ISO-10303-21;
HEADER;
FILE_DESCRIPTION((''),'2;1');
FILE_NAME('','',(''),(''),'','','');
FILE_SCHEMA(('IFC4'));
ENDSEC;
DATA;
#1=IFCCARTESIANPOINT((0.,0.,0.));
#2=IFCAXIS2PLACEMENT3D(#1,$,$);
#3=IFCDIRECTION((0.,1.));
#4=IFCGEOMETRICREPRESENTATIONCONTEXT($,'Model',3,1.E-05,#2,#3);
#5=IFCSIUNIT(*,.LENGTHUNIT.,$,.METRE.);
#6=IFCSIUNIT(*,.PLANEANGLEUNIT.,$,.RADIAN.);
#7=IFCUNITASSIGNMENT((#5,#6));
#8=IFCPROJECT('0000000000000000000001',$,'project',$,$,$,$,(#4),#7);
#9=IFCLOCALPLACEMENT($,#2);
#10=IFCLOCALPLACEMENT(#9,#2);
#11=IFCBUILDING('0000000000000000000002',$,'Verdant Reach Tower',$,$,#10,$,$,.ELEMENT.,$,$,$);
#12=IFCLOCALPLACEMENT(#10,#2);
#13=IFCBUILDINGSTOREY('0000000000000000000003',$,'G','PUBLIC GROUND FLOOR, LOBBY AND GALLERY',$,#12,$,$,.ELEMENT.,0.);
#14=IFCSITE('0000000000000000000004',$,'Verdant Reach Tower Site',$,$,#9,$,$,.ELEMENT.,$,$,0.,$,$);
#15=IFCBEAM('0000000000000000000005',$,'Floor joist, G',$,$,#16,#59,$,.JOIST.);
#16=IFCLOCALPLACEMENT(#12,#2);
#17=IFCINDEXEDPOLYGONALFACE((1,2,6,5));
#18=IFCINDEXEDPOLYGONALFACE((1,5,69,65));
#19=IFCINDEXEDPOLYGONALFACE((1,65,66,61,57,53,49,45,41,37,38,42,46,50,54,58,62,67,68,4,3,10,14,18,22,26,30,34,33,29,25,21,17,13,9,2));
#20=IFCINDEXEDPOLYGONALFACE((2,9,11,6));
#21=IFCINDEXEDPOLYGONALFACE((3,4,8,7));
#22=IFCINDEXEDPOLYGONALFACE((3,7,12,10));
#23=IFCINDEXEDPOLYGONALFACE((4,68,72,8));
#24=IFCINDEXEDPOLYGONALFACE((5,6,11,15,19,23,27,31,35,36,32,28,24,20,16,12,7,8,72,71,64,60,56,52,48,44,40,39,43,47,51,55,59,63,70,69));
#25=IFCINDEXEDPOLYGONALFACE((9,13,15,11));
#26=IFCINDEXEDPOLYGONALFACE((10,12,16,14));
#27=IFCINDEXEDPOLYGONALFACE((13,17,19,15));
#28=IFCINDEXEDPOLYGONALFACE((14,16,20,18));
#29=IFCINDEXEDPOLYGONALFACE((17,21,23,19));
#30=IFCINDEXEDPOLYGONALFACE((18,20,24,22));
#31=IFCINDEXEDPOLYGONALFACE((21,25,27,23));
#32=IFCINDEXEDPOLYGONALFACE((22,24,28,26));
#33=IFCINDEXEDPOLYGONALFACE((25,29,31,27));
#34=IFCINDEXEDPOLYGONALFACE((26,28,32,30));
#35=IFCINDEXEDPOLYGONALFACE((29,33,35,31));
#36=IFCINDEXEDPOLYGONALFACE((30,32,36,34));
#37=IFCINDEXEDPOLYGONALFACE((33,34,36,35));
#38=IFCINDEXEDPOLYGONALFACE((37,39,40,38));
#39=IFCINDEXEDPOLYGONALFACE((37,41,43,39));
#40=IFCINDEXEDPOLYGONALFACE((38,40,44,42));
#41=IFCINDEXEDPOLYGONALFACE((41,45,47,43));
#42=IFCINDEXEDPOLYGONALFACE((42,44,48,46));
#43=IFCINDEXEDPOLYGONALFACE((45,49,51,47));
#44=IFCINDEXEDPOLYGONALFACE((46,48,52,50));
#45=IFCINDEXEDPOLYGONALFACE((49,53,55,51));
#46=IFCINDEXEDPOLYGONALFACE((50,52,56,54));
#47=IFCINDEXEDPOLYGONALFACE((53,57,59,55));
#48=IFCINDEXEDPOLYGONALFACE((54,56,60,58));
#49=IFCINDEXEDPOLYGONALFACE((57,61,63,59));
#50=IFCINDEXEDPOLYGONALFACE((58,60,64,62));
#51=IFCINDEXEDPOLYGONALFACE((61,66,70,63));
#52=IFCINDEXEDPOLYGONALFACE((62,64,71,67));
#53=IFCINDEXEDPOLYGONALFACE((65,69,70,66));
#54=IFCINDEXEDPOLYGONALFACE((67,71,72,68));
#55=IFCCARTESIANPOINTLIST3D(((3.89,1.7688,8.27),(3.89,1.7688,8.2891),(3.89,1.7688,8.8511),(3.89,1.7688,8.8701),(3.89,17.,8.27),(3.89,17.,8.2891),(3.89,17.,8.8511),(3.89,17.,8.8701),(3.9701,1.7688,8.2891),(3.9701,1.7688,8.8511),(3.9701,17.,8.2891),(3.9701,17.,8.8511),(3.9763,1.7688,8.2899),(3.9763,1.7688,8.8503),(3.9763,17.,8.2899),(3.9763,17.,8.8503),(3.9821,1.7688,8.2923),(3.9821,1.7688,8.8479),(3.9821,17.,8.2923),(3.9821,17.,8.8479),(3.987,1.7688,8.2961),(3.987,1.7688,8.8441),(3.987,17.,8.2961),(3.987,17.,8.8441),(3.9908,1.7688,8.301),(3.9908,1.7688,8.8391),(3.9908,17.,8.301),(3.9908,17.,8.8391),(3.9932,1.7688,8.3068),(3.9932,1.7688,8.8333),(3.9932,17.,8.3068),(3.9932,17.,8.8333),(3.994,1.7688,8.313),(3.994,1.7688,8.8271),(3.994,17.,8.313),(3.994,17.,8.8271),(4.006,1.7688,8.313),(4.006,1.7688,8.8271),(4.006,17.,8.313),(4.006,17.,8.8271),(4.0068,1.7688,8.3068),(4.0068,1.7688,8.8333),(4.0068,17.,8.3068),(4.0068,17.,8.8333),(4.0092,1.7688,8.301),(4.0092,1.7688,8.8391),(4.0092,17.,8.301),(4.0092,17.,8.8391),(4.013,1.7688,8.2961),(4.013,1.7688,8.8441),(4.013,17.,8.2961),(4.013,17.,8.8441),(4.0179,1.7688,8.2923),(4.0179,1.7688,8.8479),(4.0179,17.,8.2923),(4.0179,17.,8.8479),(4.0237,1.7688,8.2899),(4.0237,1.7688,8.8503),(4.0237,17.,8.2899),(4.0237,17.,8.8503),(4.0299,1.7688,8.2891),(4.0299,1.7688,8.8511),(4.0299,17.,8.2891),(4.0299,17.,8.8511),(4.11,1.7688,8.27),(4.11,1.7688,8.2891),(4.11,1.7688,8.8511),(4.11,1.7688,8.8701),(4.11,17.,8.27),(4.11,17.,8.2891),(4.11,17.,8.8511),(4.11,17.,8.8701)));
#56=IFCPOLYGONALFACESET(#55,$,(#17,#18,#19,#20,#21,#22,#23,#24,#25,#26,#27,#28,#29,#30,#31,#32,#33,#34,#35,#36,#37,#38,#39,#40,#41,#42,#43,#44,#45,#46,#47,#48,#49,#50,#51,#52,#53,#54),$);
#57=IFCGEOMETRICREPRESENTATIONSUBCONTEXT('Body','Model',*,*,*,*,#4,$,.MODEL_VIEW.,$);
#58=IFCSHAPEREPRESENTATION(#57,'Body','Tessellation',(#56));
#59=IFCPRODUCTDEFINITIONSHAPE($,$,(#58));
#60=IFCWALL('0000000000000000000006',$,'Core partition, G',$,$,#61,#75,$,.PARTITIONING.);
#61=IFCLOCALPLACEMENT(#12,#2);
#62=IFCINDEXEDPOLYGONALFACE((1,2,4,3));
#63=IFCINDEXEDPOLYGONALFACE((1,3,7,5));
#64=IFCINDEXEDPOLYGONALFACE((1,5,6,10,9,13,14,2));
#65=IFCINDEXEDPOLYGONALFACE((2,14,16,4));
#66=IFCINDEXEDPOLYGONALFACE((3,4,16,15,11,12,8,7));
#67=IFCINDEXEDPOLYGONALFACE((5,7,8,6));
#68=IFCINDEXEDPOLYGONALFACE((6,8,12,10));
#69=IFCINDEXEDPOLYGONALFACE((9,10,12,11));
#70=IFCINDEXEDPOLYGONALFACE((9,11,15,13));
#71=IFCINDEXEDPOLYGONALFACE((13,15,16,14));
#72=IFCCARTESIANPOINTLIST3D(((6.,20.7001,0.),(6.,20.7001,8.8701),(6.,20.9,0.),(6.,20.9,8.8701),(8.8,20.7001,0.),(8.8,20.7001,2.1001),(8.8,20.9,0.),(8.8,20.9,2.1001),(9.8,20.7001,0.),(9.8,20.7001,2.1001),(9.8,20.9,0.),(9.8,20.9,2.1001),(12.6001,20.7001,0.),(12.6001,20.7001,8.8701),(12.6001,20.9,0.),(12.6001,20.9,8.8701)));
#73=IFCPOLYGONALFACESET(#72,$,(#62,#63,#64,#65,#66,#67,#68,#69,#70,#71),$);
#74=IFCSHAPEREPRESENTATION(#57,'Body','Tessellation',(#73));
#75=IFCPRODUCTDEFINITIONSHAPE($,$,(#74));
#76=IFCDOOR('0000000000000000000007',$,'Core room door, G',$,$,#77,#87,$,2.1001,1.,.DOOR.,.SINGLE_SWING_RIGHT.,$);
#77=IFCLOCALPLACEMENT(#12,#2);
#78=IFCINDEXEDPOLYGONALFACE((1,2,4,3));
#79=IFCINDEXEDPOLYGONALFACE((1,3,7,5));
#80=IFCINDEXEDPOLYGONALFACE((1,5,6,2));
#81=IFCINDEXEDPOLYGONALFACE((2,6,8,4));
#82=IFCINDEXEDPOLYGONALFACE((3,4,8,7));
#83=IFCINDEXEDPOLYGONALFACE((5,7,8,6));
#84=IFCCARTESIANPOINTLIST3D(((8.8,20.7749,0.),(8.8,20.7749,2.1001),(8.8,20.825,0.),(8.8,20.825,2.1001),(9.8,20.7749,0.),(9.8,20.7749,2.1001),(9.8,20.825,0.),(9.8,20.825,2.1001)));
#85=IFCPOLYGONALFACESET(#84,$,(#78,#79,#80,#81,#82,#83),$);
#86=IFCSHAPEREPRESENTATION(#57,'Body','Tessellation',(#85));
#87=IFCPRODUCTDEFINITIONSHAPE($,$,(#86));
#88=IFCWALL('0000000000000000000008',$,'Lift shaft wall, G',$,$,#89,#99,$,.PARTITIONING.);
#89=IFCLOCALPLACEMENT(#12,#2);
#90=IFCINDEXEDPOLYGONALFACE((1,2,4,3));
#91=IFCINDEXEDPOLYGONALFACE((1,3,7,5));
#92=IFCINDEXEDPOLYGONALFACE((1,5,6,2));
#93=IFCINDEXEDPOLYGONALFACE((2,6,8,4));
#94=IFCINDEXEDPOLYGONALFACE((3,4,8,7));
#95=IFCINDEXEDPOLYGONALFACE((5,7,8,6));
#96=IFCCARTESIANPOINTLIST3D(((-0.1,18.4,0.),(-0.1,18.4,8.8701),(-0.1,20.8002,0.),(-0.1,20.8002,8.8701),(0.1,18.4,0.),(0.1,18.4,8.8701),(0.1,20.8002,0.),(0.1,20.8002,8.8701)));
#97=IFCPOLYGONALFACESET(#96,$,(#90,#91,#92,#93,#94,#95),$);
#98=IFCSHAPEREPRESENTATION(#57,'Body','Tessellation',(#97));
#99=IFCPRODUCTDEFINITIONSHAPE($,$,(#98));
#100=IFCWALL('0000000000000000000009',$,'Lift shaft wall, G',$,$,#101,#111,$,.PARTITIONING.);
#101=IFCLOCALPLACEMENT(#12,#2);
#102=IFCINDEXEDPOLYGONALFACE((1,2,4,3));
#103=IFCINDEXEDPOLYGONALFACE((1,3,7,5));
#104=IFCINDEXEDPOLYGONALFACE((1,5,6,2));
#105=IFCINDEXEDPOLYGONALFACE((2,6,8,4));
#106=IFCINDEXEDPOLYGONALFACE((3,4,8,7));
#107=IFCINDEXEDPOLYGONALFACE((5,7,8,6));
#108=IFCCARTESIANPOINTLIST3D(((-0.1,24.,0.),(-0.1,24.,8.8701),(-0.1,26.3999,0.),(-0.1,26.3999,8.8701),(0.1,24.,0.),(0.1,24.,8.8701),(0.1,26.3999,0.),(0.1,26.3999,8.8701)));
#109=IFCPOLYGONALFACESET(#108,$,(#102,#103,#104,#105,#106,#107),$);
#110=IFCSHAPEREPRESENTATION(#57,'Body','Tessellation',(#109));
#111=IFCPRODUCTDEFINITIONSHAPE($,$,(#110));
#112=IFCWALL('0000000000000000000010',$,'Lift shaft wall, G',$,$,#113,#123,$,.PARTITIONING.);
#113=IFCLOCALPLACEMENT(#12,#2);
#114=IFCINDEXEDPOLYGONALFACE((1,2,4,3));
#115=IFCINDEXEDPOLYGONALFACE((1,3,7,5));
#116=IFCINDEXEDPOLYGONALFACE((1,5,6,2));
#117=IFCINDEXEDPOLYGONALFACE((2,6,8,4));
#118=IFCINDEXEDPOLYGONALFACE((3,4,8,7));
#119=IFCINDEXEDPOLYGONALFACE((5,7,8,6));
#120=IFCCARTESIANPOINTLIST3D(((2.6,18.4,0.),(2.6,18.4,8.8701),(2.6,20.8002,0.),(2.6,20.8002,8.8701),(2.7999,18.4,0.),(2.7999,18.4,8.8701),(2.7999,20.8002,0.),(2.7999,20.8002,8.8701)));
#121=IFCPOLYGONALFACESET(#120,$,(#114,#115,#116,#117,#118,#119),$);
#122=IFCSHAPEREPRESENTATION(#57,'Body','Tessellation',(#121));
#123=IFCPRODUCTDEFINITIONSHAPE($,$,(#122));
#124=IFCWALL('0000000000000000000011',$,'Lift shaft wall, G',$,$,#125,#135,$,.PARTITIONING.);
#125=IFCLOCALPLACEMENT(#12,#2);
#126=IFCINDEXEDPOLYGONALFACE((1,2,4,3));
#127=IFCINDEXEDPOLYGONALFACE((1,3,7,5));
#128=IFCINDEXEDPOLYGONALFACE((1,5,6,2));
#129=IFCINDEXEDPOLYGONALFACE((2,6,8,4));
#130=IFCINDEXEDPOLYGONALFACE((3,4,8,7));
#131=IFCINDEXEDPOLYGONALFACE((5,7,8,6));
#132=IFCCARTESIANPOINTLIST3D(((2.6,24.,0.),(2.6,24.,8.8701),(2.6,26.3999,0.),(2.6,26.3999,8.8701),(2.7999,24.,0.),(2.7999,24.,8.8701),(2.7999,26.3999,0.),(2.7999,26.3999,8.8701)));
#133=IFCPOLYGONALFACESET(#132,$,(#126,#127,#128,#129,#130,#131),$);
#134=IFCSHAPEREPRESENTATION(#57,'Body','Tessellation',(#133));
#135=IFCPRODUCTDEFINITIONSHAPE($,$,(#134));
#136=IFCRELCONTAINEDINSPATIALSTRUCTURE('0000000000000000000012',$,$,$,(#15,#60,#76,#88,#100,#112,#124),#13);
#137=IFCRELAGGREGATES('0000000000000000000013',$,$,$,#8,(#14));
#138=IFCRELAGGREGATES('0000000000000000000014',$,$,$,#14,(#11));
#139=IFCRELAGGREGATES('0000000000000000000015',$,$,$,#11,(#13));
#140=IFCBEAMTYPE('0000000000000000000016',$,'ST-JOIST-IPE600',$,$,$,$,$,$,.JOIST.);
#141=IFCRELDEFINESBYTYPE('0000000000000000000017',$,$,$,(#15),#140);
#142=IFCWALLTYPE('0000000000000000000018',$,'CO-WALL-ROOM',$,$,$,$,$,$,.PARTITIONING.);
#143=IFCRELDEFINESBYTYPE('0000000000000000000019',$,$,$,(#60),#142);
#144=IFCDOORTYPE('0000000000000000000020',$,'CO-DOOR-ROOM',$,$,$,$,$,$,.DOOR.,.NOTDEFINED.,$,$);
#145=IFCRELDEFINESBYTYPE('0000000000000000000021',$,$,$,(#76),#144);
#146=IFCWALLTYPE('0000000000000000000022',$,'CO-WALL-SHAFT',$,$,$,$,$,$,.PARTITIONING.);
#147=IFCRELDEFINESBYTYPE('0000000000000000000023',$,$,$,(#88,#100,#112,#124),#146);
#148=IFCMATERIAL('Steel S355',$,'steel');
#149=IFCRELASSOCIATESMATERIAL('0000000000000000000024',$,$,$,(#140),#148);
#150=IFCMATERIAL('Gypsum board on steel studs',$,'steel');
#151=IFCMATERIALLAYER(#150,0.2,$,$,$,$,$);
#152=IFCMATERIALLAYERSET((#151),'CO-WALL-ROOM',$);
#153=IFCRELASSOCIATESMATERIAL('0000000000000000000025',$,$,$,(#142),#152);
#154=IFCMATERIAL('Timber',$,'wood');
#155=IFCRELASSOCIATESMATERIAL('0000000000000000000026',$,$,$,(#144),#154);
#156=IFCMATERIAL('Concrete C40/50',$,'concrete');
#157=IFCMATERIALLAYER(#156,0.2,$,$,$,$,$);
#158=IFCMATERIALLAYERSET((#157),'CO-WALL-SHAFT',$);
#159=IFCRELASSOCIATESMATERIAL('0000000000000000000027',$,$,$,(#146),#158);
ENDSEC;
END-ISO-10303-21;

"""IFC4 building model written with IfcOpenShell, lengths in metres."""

from ifc_helpers import new_model, si_unit, direction, frame, frame_2d, origin, origin_2d, place, context, subcontext, project, spatial, rectangle, i_section, extrude, material, layer, layer_set, material_profile, profile_set, type_object, element, fill, save


model = new_model("IFC4")

# Units and contexts
model_context = context("Model", 3, precision=1e-05, world=origin(), true_north=direction((0.0, 1.0)))
body_context = subcontext(model_context, "Body", "Model", "MODEL_VIEW")
ifc_project = project(units=[si_unit("LENGTHUNIT", "METRE"), si_unit("PLANEANGLEUNIT", "RADIAN")], contexts=[model_context])

# Site, building, storey
site_placement = place(None, origin())
site = spatial("IfcSite", under=ifc_project, at=site_placement, Name="Verdant Reach Tower Site", CompositionType="ELEMENT", RefElevation=0.0)
building_placement = place(site_placement, origin())
building = spatial("IfcBuilding", under=site, at=building_placement, Name="Verdant Reach Tower", CompositionType="ELEMENT")
storey_placement = place(building_placement, origin())
storey = spatial("IfcBuildingStorey", under=building, at=storey_placement, Name="G", Description="PUBLIC GROUND FLOOR, LOBBY AND GALLERY", CompositionType="ELEMENT", Elevation=0.0)

# Beam
ifc_material_1 = material(Name="Steel S355", Category="steel")
ifc_material_profile = material_profile(ifc_material_1, i_section(OverallWidth=0.22, OverallDepth=0.6001, WebThickness=0.012, FlangeThickness=0.019, FilletRadius=0.0239, at=origin_2d()), Name="IPE 600")
ifc_profile_set = profile_set([ifc_material_profile], Name="Steel S355")
beam_type = type_object("IfcBeamType", Name="ST-JOIST-IPE600", PredefinedType="JOIST", material=ifc_profile_set)
beam_placement = place(storey_placement, frame((4.0, 17.0, 8.5701), z_axis=(0.0, -1.0, 0.0), x_axis=(1.0, 0.0, 0.0)))
element("IfcBeam", 1, at=beam_placement, inside=storey, type_object=beam_type, Name="Floor joist, G", PredefinedType="JOIST", context=body_context, shape_type="SweptSolid", body=[
    extrude(i_section(OverallWidth=0.22, OverallDepth=0.6001, WebThickness=0.012, FlangeThickness=0.019, FilletRadius=0.0239, at=origin_2d()), origin(), (0.0, 0.0, 1.0), 15.2312),
])

# Wall, opening, door
ifc_material_2 = material(Name="Gypsum board on steel studs", Category="steel")
ifc_layer_1 = layer(ifc_material_2, 0.2)
ifc_layer_set_1 = layer_set([ifc_layer_1], Name="CO-WALL-ROOM")
wall_type_1 = type_object("IfcWallType", Name="CO-WALL-ROOM", PredefinedType="PARTITIONING", material=ifc_layer_set_1)
wall_1_placement = place(storey_placement, frame((6.0, 20.8, 0.0), z_axis=(0.0, 0.0, 1.0), x_axis=(1.0, 0.0, 0.0)))
wall_1 = element("IfcWall", 2, at=wall_1_placement, inside=storey, type_object=wall_type_1, Name="Core partition, G", PredefinedType="PARTITIONING", context=body_context, shape_type="SweptSolid", body=[
    extrude(rectangle(XDim=6.6001, YDim=0.2, at=frame_2d((3.3, 0.0))), origin(), (0.0, 0.0, 1.0), 8.8701),
])
opening_1_placement = place(wall_1_placement, frame((2.8, 0.0, 0.0)))
opening_1 = element("IfcOpeningElement", 3, at=opening_1_placement, cuts=wall_1, PredefinedType="OPENING", context=body_context, shape_type="SweptSolid", body=[
    extrude(rectangle(XDim=1.0, YDim=2.1001, at=frame_2d((0.5, 1.05))), frame((0.0, 0.1099, 0.0), z_axis=(0.0, -1.0, 0.0), x_axis=(1.0, 0.0, 0.0)), (0.0, 0.0, 1.0), 0.22),
])
ifc_material_3 = material(Name="Timber", Category="wood")
door_type_1 = type_object("IfcDoorType", Name="CO-DOOR-ROOM", OperationType="NOTDEFINED", PredefinedType="DOOR", material=ifc_material_3)
door_1_placement = place(opening_1_placement, origin())
door_1 = element("IfcDoor", 4, at=door_1_placement, inside=storey, type_object=door_type_1, Name="Core room door, G", OperationType="SINGLE_SWING_RIGHT", OverallHeight=2.1001, OverallWidth=1.0, PredefinedType="DOOR", context=body_context, shape_type="SweptSolid", body=[
    extrude(rectangle(XDim=1.0, YDim=2.1001, at=frame_2d((0.5, 1.05))), frame((0.0, 0.0249, 0.0), z_axis=(0.0, -1.0, 0.0), x_axis=(1.0, 0.0, 0.0)), (0.0, 0.0, 1.0), 0.05),
])
fill(opening_1, door_1)

# Walls
ifc_material_4 = material(Name="Concrete C40/50", Category="concrete")
ifc_layer_2 = layer(ifc_material_4, 0.2)
ifc_layer_set_2 = layer_set([ifc_layer_2], Name="CO-WALL-SHAFT")
wall_type_2 = type_object("IfcWallType", Name="CO-WALL-SHAFT", PredefinedType="PARTITIONING", material=ifc_layer_set_2)
wall_2_placement = place(storey_placement, frame((0.0, 18.3999, 0.0), z_axis=(0.0, 0.0, 1.0), x_axis=(0.0, 1.0, 0.0)))
element("IfcWall", 5, at=wall_2_placement, inside=storey, type_object=wall_type_2, Name="Lift shaft wall, G", PredefinedType="PARTITIONING", context=body_context, shape_type="SweptSolid", body=[
    extrude(rectangle(XDim=2.4001, YDim=0.2, at=frame_2d((1.2002, 0.0))), origin(), (0.0, 0.0, 1.0), 8.8701),
])
wall_3_placement = place(storey_placement, frame((0.0, 24.0, 0.0), z_axis=(0.0, 0.0, 1.0), x_axis=(0.0, 1.0, 0.0)))
element("IfcWall", 6, at=wall_3_placement, inside=storey, type_object=wall_type_2, Name="Lift shaft wall, G", PredefinedType="PARTITIONING", context=body_context, shape_type="SweptSolid", body=[
    extrude(rectangle(XDim=2.3999, YDim=0.2, at=frame_2d((1.2, 0.0))), origin(), (0.0, 0.0, 1.0), 8.8701),
])
wall_4_placement = place(storey_placement, frame((2.7, 18.3999, 0.0), z_axis=(0.0, 0.0, 1.0), x_axis=(0.0, 1.0, 0.0)))
element("IfcWall", 7, at=wall_4_placement, inside=storey, type_object=wall_type_2, Name="Lift shaft wall, G", PredefinedType="PARTITIONING", context=body_context, shape_type="SweptSolid", body=[
    extrude(rectangle(XDim=2.4001, YDim=0.2, at=frame_2d((1.2002, 0.0))), origin(), (0.0, 0.0, 1.0), 8.8701),
])
wall_5_placement = place(storey_placement, frame((2.7, 24.0, 0.0), z_axis=(0.0, 0.0, 1.0), x_axis=(0.0, 1.0, 0.0)))
element("IfcWall", 8, at=wall_5_placement, inside=storey, type_object=wall_type_2, Name="Lift shaft wall, G", PredefinedType="PARTITIONING", context=body_context, shape_type="SweptSolid", body=[
    extrude(rectangle(XDim=2.3999, YDim=0.2, at=frame_2d((1.2, 0.0))), origin(), (0.0, 0.0, 1.0), 8.8701),
])

save(model, "model.ifc")
